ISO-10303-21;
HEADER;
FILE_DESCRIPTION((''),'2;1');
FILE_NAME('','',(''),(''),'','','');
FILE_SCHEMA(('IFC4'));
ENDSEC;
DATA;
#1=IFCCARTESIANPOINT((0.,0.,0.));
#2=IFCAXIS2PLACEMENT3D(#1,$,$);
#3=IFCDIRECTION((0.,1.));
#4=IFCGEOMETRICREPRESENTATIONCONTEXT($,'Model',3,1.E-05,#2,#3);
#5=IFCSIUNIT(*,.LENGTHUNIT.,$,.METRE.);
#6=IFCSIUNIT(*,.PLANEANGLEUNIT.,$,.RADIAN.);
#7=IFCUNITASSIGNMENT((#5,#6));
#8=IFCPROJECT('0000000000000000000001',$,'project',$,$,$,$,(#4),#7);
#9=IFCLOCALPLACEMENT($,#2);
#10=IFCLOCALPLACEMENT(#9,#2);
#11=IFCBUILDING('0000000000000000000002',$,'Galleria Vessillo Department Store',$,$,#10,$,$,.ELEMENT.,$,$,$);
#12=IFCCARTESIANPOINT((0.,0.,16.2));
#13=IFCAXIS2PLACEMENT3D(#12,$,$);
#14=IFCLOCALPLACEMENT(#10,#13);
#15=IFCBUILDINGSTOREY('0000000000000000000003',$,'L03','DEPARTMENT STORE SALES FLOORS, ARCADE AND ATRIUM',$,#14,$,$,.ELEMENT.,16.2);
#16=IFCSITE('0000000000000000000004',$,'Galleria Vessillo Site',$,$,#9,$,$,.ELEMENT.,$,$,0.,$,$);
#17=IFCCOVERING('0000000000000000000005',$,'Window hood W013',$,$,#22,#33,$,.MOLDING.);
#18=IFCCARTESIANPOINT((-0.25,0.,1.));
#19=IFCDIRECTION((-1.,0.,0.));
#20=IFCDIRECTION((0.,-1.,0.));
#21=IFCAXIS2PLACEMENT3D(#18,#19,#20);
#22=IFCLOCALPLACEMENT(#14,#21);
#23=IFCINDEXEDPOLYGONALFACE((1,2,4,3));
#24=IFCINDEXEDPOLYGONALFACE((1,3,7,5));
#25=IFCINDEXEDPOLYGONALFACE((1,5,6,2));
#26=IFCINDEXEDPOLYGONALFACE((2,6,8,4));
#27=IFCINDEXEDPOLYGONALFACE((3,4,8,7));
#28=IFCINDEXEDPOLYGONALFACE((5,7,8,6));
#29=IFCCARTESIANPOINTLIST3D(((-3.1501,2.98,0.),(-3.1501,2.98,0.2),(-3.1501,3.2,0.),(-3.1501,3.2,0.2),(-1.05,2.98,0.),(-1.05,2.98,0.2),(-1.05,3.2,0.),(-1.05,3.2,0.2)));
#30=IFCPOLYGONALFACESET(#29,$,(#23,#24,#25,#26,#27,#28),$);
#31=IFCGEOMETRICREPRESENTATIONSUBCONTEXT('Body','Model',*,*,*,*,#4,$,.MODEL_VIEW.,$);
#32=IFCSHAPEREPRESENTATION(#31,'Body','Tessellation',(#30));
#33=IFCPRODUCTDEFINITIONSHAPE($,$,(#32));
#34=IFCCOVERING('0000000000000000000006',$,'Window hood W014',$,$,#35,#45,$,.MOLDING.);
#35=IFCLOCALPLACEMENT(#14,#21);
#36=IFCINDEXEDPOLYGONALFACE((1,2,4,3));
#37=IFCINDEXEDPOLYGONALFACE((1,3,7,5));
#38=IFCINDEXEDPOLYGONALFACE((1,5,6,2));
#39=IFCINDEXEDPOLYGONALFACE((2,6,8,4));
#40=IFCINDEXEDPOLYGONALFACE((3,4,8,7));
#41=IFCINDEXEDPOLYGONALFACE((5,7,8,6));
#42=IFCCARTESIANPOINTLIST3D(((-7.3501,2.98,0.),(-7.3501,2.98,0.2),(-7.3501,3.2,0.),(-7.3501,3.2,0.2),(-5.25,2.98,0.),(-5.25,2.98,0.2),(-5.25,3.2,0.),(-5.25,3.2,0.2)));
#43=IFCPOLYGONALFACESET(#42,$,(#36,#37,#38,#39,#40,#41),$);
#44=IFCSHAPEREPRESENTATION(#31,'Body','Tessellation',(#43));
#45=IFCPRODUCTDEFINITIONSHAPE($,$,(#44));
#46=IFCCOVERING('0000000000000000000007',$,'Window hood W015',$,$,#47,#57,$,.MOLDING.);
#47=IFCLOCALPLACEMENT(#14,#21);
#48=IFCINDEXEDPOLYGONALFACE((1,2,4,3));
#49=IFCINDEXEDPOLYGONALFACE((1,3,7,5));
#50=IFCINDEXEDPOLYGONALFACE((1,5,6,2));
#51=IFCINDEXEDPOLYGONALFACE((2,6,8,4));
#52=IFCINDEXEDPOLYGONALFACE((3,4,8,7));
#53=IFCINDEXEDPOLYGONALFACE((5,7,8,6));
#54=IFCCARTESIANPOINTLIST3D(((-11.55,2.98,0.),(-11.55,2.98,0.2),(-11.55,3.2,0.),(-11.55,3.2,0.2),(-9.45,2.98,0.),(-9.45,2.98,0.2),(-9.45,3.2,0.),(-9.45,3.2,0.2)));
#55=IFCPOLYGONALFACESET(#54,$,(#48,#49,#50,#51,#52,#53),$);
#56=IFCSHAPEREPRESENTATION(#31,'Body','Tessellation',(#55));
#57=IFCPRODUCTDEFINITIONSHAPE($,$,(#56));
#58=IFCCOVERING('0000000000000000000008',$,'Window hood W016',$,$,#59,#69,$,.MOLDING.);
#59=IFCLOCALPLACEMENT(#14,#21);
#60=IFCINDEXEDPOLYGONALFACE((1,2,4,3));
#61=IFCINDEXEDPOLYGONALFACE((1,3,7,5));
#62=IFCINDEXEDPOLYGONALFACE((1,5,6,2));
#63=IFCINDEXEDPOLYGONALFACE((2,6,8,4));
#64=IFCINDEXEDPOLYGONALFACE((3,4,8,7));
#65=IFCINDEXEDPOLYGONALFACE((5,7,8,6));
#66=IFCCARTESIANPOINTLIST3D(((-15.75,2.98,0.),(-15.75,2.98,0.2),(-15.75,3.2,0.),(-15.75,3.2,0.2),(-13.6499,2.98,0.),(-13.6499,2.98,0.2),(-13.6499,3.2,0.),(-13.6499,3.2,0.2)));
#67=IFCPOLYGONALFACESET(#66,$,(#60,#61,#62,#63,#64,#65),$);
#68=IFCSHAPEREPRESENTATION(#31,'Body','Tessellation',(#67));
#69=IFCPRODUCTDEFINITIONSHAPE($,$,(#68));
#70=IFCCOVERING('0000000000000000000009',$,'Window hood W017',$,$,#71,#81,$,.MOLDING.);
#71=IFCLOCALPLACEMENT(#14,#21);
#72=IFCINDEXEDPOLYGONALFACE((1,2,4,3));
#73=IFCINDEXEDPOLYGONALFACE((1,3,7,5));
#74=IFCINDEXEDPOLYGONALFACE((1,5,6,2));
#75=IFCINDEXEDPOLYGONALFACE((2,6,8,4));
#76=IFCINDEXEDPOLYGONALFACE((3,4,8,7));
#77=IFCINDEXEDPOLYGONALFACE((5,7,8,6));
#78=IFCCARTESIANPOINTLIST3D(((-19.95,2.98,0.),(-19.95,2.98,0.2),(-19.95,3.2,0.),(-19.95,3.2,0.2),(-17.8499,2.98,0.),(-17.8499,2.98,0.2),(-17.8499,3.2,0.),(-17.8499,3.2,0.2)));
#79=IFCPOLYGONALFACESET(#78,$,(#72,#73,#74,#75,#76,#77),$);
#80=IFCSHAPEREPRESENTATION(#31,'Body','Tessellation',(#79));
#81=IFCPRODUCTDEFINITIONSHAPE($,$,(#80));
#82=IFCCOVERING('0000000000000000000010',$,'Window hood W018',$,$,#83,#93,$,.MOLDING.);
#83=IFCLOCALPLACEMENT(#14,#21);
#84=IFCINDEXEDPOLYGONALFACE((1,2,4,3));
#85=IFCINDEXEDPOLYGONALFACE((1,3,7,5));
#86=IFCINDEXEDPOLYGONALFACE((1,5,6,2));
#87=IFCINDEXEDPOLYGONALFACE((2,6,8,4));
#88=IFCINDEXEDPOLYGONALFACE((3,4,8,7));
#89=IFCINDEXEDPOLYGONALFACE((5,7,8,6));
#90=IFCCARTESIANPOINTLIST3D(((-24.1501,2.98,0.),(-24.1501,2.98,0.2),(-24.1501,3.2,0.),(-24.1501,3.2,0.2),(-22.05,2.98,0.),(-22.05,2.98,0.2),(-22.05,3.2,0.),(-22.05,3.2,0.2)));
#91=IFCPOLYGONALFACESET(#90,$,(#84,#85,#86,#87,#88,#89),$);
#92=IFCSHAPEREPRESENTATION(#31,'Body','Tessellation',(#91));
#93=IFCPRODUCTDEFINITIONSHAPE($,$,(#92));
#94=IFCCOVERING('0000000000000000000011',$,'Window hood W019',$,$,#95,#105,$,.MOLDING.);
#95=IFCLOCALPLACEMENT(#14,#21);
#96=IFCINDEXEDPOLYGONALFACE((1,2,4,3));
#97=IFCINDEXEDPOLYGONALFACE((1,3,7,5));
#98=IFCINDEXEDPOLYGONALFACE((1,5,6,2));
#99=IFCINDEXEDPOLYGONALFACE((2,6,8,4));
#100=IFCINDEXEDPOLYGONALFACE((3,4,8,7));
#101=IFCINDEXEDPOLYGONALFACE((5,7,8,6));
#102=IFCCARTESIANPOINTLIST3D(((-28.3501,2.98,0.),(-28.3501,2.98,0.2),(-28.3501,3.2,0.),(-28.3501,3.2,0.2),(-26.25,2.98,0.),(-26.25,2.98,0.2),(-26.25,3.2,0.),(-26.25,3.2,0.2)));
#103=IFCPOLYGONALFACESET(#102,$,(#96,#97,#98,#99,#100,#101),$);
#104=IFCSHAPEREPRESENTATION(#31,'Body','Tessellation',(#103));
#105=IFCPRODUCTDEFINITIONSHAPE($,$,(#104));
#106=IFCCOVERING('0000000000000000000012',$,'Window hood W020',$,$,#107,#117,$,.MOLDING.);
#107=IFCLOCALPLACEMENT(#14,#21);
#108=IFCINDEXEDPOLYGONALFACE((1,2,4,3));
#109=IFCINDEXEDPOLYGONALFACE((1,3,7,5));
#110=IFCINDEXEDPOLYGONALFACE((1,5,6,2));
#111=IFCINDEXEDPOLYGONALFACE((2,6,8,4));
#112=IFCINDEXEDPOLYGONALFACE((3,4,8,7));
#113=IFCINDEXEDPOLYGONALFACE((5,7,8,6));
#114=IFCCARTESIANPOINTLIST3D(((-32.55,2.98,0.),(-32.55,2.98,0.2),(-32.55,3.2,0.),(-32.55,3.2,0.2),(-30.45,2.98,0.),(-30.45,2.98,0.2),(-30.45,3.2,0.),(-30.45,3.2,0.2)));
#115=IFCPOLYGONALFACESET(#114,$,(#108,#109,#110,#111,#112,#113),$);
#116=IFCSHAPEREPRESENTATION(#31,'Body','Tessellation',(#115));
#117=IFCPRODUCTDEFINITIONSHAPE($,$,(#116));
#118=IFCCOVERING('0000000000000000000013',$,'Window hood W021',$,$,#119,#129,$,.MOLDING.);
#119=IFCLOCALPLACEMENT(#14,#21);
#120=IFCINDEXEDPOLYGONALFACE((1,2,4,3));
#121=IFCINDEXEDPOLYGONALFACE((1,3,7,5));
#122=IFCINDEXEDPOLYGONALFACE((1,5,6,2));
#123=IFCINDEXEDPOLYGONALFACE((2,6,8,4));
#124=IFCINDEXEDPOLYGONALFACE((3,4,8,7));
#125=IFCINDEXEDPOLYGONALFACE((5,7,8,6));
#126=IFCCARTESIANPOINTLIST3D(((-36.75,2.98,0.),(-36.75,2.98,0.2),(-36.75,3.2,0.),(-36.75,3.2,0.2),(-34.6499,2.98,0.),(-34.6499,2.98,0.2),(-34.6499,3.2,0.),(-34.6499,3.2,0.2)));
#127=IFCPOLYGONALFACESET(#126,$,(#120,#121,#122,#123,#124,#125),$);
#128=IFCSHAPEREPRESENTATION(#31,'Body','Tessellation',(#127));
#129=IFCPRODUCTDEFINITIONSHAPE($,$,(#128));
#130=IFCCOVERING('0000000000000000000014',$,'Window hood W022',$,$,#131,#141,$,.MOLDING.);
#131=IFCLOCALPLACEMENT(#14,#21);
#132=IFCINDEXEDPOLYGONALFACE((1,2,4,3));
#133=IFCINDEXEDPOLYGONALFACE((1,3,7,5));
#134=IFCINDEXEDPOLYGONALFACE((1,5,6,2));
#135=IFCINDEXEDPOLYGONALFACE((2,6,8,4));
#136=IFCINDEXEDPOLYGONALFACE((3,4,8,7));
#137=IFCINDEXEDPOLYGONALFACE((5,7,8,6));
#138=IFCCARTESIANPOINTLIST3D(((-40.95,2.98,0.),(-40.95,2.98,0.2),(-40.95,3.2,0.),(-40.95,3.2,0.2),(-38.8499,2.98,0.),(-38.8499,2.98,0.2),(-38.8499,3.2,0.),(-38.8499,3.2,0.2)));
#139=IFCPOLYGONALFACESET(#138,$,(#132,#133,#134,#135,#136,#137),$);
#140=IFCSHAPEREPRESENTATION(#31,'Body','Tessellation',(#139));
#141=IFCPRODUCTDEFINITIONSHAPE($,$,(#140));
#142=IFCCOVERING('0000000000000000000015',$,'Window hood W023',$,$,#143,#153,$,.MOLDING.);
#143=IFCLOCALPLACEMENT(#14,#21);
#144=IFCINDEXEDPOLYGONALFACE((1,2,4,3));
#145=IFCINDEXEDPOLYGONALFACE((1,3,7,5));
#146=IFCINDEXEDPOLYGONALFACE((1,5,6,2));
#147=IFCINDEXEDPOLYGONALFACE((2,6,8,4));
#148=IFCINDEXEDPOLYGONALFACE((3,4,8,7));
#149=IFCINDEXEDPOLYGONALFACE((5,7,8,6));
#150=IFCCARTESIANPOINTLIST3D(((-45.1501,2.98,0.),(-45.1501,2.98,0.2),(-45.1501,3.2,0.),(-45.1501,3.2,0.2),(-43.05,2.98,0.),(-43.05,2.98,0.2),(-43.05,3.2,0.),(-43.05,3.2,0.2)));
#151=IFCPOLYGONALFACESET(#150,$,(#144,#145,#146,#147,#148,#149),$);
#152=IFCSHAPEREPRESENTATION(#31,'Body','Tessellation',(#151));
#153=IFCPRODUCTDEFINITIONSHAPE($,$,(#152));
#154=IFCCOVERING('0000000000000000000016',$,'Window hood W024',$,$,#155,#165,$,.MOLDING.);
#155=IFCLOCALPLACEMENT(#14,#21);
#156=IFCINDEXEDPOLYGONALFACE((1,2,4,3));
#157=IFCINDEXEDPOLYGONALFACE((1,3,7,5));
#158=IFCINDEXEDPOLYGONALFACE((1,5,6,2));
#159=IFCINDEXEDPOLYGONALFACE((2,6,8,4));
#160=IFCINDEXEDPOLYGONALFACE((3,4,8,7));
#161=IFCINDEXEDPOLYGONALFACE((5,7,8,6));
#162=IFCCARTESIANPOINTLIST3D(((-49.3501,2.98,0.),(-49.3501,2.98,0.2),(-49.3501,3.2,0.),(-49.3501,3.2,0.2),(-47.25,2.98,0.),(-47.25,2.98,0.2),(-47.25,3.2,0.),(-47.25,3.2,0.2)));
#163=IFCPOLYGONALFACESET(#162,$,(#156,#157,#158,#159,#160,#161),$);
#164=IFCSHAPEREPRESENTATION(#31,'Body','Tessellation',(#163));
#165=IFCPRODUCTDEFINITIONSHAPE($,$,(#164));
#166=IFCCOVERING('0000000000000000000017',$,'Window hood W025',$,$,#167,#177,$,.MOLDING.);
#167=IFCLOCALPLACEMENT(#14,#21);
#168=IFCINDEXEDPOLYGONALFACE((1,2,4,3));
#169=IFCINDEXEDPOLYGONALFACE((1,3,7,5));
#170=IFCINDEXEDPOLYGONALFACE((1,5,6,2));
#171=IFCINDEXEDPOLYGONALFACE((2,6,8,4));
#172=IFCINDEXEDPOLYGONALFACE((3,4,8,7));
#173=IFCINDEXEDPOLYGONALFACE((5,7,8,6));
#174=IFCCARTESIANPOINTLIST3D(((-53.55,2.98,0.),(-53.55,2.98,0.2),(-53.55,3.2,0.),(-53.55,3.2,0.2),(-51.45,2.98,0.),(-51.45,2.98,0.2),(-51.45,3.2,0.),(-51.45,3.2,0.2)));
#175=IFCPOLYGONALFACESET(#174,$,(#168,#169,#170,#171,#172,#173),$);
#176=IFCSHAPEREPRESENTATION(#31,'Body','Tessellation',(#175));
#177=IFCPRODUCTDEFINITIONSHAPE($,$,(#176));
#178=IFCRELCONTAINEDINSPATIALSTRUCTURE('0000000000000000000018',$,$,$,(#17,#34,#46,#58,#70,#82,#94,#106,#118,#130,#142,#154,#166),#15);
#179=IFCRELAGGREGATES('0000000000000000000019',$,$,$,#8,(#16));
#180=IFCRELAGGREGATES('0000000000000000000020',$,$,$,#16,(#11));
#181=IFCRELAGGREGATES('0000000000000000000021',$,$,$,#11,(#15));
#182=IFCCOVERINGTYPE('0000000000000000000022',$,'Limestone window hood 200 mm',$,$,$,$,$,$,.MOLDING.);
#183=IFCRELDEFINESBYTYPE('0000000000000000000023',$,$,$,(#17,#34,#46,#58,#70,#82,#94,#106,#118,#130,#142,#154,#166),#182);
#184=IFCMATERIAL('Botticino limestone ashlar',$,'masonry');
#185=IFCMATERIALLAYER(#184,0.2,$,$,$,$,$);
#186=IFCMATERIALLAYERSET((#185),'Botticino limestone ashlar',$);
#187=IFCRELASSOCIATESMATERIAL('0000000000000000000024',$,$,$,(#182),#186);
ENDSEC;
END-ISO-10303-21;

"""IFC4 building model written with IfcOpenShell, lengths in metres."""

from ifc_helpers import new_model, si_unit, direction, frame, origin, place, context, subcontext, project, spatial, polyline, outline, extrude, material, layer, layer_set, type_object, element, save


model = new_model("IFC4")

# Units and contexts
model_context = context("Model", 3, precision=1e-05, world=origin(), true_north=direction((0.0, 1.0)))
body_context = subcontext(model_context, "Body", "Model", "MODEL_VIEW")
ifc_project = project(units=[si_unit("LENGTHUNIT", "METRE"), si_unit("PLANEANGLEUNIT", "RADIAN")], contexts=[model_context])

# Site, building, storey
site_placement = place(None, origin())
site = spatial("IfcSite", under=ifc_project, at=site_placement, Name="Galleria Vessillo Site", CompositionType="ELEMENT", RefElevation=0.0)
building_placement = place(site_placement, origin())
building = spatial("IfcBuilding", under=site, at=building_placement, Name="Galleria Vessillo Department Store", CompositionType="ELEMENT")
storey_placement = place(building_placement, frame((0.0, 0.0, 16.2)))
storey = spatial("IfcBuildingStorey", under=building, at=storey_placement, Name="L03", Description="DEPARTMENT STORE SALES FLOORS, ARCADE AND ATRIUM", CompositionType="ELEMENT", Elevation=16.2)

# Coverings
ifc_material_1 = material(Name="Botticino limestone ashlar", Category="masonry")
ifc_layer_1 = layer(ifc_material_1, 0.2)
ifc_layer_set_1 = layer_set([ifc_layer_1], Name="Botticino limestone ashlar")
covering_type_1 = type_object("IfcCoveringType", Name="Limestone window hood 200 mm", PredefinedType="MOLDING", material=ifc_layer_set_1)
covering_1_placement = place(storey_placement, frame((-0.25, 0.0, 1.0), z_axis=(-1.0, 0.0, 0.0), x_axis=(0.0, -1.0, 0.0)))
element("IfcCovering", 1, at=covering_1_placement, inside=storey, type_object=covering_type_1, Name="Window hood W013", PredefinedType="MOLDING", context=body_context, shape_type="SweptSolid", body=[
    extrude(outline(polyline([(-1.05, 3.2), (-3.1501, 3.2), (-3.1501, 2.98), (-1.05, 2.98), (-1.05, 3.2)])), origin(), (0.0, 0.0, 1.0), 0.2),
])
covering_2_placement = place(storey_placement, frame((-0.25, 0.0, 1.0), z_axis=(-1.0, 0.0, 0.0), x_axis=(0.0, -1.0, 0.0)))
element("IfcCovering", 2, at=covering_2_placement, inside=storey, type_object=covering_type_1, Name="Window hood W014", PredefinedType="MOLDING", context=body_context, shape_type="SweptSolid", body=[
    extrude(outline(polyline([(-5.25, 3.2), (-7.3501, 3.2), (-7.3501, 2.98), (-5.25, 2.98), (-5.25, 3.2)])), origin(), (0.0, 0.0, 1.0), 0.2),
])
covering_3_placement = place(storey_placement, frame((-0.25, 0.0, 1.0), z_axis=(-1.0, 0.0, 0.0), x_axis=(0.0, -1.0, 0.0)))
element("IfcCovering", 3, at=covering_3_placement, inside=storey, type_object=covering_type_1, Name="Window hood W015", PredefinedType="MOLDING", context=body_context, shape_type="SweptSolid", body=[
    extrude(outline(polyline([(-9.45, 3.2), (-11.55, 3.2), (-11.55, 2.98), (-9.45, 2.98), (-9.45, 3.2)])), origin(), (0.0, 0.0, 1.0), 0.2),
])
covering_4_placement = place(storey_placement, frame((-0.25, 0.0, 1.0), z_axis=(-1.0, 0.0, 0.0), x_axis=(0.0, -1.0, 0.0)))
element("IfcCovering", 4, at=covering_4_placement, inside=storey, type_object=covering_type_1, Name="Window hood W016", PredefinedType="MOLDING", context=body_context, shape_type="SweptSolid", body=[
    extrude(outline(polyline([(-13.6499, 3.2), (-15.75, 3.2), (-15.75, 2.98), (-13.6499, 2.98), (-13.6499, 3.2)])), origin(), (0.0, 0.0, 1.0), 0.2),
])
covering_5_placement = place(storey_placement, frame((-0.25, 0.0, 1.0), z_axis=(-1.0, 0.0, 0.0), x_axis=(0.0, -1.0, 0.0)))
element("IfcCovering", 5, at=covering_5_placement, inside=storey, type_object=covering_type_1, Name="Window hood W017", PredefinedType="MOLDING", context=body_context, shape_type="SweptSolid", body=[
    extrude(outline(polyline([(-17.8499, 3.2), (-19.95, 3.2), (-19.95, 2.98), (-17.8499, 2.98), (-17.8499, 3.2)])), origin(), (0.0, 0.0, 1.0), 0.2),
])
covering_6_placement = place(storey_placement, frame((-0.25, 0.0, 1.0), z_axis=(-1.0, 0.0, 0.0), x_axis=(0.0, -1.0, 0.0)))
element("IfcCovering", 6, at=covering_6_placement, inside=storey, type_object=covering_type_1, Name="Window hood W018", PredefinedType="MOLDING", context=body_context, shape_type="SweptSolid", body=[
    extrude(outline(polyline([(-22.05, 3.2), (-24.1501, 3.2), (-24.1501, 2.98), (-22.05, 2.98), (-22.05, 3.2)])), origin(), (0.0, 0.0, 1.0), 0.2),
])
covering_7_placement = place(storey_placement, frame((-0.25, 0.0, 1.0), z_axis=(-1.0, 0.0, 0.0), x_axis=(0.0, -1.0, 0.0)))
element("IfcCovering", 7, at=covering_7_placement, inside=storey, type_object=covering_type_1, Name="Window hood W019", PredefinedType="MOLDING", context=body_context, shape_type="SweptSolid", body=[
    extrude(outline(polyline([(-26.25, 3.2), (-28.3501, 3.2), (-28.3501, 2.98), (-26.25, 2.98), (-26.25, 3.2)])), origin(), (0.0, 0.0, 1.0), 0.2),
])
covering_8_placement = place(storey_placement, frame((-0.25, 0.0, 1.0), z_axis=(-1.0, 0.0, 0.0), x_axis=(0.0, -1.0, 0.0)))
element("IfcCovering", 8, at=covering_8_placement, inside=storey, type_object=covering_type_1, Name="Window hood W020", PredefinedType="MOLDING", context=body_context, shape_type="SweptSolid", body=[
    extrude(outline(polyline([(-30.45, 3.2), (-32.55, 3.2), (-32.55, 2.98), (-30.45, 2.98), (-30.45, 3.2)])), origin(), (0.0, 0.0, 1.0), 0.2),
])
covering_9_placement = place(storey_placement, frame((-0.25, 0.0, 1.0), z_axis=(-1.0, 0.0, 0.0), x_axis=(0.0, -1.0, 0.0)))
element("IfcCovering", 9, at=covering_9_placement, inside=storey, type_object=covering_type_1, Name="Window hood W021", PredefinedType="MOLDING", context=body_context, shape_type="SweptSolid", body=[
    extrude(outline(polyline([(-34.6499, 3.2), (-36.75, 3.2), (-36.75, 2.98), (-34.6499, 2.98), (-34.6499, 3.2)])), origin(), (0.0, 0.0, 1.0), 0.2),
])
covering_10_placement = place(storey_placement, frame((-0.25, 0.0, 1.0), z_axis=(-1.0, 0.0, 0.0), x_axis=(0.0, -1.0, 0.0)))
element("IfcCovering", 10, at=covering_10_placement, inside=storey, type_object=covering_type_1, Name="Window hood W022", PredefinedType="MOLDING", context=body_context, shape_type="SweptSolid", body=[
    extrude(outline(polyline([(-38.8499, 3.2), (-40.95, 3.2), (-40.95, 2.98), (-38.8499, 2.98), (-38.8499, 3.2)])), origin(), (0.0, 0.0, 1.0), 0.2),
])
covering_11_placement = place(storey_placement, frame((-0.25, 0.0, 1.0), z_axis=(-1.0, 0.0, 0.0), x_axis=(0.0, -1.0, 0.0)))
element("IfcCovering", 11, at=covering_11_placement, inside=storey, type_object=covering_type_1, Name="Window hood W023", PredefinedType="MOLDING", context=body_context, shape_type="SweptSolid", body=[
    extrude(outline(polyline([(-43.05, 3.2), (-45.1501, 3.2), (-45.1501, 2.98), (-43.05, 2.98), (-43.05, 3.2)])), origin(), (0.0, 0.0, 1.0), 0.2),
])
covering_12_placement = place(storey_placement, frame((-0.25, 0.0, 1.0), z_axis=(-1.0, 0.0, 0.0), x_axis=(0.0, -1.0, 0.0)))
element("IfcCovering", 12, at=covering_12_placement, inside=storey, type_object=covering_type_1, Name="Window hood W024", PredefinedType="MOLDING", context=body_context, shape_type="SweptSolid", body=[
    extrude(outline(polyline([(-47.25, 3.2), (-49.3501, 3.2), (-49.3501, 2.98), (-47.25, 2.98), (-47.25, 3.2)])), origin(), (0.0, 0.0, 1.0), 0.2),
])
covering_13_placement = place(storey_placement, frame((-0.25, 0.0, 1.0), z_axis=(-1.0, 0.0, 0.0), x_axis=(0.0, -1.0, 0.0)))
element("IfcCovering", 13, at=covering_13_placement, inside=storey, type_object=covering_type_1, Name="Window hood W025", PredefinedType="MOLDING", context=body_context, shape_type="SweptSolid", body=[
    extrude(outline(polyline([(-51.45, 3.2), (-53.55, 3.2), (-53.55, 2.98), (-51.45, 2.98), (-51.45, 3.2)])), origin(), (0.0, 0.0, 1.0), 0.2),
])

save(model, "model.ifc")
